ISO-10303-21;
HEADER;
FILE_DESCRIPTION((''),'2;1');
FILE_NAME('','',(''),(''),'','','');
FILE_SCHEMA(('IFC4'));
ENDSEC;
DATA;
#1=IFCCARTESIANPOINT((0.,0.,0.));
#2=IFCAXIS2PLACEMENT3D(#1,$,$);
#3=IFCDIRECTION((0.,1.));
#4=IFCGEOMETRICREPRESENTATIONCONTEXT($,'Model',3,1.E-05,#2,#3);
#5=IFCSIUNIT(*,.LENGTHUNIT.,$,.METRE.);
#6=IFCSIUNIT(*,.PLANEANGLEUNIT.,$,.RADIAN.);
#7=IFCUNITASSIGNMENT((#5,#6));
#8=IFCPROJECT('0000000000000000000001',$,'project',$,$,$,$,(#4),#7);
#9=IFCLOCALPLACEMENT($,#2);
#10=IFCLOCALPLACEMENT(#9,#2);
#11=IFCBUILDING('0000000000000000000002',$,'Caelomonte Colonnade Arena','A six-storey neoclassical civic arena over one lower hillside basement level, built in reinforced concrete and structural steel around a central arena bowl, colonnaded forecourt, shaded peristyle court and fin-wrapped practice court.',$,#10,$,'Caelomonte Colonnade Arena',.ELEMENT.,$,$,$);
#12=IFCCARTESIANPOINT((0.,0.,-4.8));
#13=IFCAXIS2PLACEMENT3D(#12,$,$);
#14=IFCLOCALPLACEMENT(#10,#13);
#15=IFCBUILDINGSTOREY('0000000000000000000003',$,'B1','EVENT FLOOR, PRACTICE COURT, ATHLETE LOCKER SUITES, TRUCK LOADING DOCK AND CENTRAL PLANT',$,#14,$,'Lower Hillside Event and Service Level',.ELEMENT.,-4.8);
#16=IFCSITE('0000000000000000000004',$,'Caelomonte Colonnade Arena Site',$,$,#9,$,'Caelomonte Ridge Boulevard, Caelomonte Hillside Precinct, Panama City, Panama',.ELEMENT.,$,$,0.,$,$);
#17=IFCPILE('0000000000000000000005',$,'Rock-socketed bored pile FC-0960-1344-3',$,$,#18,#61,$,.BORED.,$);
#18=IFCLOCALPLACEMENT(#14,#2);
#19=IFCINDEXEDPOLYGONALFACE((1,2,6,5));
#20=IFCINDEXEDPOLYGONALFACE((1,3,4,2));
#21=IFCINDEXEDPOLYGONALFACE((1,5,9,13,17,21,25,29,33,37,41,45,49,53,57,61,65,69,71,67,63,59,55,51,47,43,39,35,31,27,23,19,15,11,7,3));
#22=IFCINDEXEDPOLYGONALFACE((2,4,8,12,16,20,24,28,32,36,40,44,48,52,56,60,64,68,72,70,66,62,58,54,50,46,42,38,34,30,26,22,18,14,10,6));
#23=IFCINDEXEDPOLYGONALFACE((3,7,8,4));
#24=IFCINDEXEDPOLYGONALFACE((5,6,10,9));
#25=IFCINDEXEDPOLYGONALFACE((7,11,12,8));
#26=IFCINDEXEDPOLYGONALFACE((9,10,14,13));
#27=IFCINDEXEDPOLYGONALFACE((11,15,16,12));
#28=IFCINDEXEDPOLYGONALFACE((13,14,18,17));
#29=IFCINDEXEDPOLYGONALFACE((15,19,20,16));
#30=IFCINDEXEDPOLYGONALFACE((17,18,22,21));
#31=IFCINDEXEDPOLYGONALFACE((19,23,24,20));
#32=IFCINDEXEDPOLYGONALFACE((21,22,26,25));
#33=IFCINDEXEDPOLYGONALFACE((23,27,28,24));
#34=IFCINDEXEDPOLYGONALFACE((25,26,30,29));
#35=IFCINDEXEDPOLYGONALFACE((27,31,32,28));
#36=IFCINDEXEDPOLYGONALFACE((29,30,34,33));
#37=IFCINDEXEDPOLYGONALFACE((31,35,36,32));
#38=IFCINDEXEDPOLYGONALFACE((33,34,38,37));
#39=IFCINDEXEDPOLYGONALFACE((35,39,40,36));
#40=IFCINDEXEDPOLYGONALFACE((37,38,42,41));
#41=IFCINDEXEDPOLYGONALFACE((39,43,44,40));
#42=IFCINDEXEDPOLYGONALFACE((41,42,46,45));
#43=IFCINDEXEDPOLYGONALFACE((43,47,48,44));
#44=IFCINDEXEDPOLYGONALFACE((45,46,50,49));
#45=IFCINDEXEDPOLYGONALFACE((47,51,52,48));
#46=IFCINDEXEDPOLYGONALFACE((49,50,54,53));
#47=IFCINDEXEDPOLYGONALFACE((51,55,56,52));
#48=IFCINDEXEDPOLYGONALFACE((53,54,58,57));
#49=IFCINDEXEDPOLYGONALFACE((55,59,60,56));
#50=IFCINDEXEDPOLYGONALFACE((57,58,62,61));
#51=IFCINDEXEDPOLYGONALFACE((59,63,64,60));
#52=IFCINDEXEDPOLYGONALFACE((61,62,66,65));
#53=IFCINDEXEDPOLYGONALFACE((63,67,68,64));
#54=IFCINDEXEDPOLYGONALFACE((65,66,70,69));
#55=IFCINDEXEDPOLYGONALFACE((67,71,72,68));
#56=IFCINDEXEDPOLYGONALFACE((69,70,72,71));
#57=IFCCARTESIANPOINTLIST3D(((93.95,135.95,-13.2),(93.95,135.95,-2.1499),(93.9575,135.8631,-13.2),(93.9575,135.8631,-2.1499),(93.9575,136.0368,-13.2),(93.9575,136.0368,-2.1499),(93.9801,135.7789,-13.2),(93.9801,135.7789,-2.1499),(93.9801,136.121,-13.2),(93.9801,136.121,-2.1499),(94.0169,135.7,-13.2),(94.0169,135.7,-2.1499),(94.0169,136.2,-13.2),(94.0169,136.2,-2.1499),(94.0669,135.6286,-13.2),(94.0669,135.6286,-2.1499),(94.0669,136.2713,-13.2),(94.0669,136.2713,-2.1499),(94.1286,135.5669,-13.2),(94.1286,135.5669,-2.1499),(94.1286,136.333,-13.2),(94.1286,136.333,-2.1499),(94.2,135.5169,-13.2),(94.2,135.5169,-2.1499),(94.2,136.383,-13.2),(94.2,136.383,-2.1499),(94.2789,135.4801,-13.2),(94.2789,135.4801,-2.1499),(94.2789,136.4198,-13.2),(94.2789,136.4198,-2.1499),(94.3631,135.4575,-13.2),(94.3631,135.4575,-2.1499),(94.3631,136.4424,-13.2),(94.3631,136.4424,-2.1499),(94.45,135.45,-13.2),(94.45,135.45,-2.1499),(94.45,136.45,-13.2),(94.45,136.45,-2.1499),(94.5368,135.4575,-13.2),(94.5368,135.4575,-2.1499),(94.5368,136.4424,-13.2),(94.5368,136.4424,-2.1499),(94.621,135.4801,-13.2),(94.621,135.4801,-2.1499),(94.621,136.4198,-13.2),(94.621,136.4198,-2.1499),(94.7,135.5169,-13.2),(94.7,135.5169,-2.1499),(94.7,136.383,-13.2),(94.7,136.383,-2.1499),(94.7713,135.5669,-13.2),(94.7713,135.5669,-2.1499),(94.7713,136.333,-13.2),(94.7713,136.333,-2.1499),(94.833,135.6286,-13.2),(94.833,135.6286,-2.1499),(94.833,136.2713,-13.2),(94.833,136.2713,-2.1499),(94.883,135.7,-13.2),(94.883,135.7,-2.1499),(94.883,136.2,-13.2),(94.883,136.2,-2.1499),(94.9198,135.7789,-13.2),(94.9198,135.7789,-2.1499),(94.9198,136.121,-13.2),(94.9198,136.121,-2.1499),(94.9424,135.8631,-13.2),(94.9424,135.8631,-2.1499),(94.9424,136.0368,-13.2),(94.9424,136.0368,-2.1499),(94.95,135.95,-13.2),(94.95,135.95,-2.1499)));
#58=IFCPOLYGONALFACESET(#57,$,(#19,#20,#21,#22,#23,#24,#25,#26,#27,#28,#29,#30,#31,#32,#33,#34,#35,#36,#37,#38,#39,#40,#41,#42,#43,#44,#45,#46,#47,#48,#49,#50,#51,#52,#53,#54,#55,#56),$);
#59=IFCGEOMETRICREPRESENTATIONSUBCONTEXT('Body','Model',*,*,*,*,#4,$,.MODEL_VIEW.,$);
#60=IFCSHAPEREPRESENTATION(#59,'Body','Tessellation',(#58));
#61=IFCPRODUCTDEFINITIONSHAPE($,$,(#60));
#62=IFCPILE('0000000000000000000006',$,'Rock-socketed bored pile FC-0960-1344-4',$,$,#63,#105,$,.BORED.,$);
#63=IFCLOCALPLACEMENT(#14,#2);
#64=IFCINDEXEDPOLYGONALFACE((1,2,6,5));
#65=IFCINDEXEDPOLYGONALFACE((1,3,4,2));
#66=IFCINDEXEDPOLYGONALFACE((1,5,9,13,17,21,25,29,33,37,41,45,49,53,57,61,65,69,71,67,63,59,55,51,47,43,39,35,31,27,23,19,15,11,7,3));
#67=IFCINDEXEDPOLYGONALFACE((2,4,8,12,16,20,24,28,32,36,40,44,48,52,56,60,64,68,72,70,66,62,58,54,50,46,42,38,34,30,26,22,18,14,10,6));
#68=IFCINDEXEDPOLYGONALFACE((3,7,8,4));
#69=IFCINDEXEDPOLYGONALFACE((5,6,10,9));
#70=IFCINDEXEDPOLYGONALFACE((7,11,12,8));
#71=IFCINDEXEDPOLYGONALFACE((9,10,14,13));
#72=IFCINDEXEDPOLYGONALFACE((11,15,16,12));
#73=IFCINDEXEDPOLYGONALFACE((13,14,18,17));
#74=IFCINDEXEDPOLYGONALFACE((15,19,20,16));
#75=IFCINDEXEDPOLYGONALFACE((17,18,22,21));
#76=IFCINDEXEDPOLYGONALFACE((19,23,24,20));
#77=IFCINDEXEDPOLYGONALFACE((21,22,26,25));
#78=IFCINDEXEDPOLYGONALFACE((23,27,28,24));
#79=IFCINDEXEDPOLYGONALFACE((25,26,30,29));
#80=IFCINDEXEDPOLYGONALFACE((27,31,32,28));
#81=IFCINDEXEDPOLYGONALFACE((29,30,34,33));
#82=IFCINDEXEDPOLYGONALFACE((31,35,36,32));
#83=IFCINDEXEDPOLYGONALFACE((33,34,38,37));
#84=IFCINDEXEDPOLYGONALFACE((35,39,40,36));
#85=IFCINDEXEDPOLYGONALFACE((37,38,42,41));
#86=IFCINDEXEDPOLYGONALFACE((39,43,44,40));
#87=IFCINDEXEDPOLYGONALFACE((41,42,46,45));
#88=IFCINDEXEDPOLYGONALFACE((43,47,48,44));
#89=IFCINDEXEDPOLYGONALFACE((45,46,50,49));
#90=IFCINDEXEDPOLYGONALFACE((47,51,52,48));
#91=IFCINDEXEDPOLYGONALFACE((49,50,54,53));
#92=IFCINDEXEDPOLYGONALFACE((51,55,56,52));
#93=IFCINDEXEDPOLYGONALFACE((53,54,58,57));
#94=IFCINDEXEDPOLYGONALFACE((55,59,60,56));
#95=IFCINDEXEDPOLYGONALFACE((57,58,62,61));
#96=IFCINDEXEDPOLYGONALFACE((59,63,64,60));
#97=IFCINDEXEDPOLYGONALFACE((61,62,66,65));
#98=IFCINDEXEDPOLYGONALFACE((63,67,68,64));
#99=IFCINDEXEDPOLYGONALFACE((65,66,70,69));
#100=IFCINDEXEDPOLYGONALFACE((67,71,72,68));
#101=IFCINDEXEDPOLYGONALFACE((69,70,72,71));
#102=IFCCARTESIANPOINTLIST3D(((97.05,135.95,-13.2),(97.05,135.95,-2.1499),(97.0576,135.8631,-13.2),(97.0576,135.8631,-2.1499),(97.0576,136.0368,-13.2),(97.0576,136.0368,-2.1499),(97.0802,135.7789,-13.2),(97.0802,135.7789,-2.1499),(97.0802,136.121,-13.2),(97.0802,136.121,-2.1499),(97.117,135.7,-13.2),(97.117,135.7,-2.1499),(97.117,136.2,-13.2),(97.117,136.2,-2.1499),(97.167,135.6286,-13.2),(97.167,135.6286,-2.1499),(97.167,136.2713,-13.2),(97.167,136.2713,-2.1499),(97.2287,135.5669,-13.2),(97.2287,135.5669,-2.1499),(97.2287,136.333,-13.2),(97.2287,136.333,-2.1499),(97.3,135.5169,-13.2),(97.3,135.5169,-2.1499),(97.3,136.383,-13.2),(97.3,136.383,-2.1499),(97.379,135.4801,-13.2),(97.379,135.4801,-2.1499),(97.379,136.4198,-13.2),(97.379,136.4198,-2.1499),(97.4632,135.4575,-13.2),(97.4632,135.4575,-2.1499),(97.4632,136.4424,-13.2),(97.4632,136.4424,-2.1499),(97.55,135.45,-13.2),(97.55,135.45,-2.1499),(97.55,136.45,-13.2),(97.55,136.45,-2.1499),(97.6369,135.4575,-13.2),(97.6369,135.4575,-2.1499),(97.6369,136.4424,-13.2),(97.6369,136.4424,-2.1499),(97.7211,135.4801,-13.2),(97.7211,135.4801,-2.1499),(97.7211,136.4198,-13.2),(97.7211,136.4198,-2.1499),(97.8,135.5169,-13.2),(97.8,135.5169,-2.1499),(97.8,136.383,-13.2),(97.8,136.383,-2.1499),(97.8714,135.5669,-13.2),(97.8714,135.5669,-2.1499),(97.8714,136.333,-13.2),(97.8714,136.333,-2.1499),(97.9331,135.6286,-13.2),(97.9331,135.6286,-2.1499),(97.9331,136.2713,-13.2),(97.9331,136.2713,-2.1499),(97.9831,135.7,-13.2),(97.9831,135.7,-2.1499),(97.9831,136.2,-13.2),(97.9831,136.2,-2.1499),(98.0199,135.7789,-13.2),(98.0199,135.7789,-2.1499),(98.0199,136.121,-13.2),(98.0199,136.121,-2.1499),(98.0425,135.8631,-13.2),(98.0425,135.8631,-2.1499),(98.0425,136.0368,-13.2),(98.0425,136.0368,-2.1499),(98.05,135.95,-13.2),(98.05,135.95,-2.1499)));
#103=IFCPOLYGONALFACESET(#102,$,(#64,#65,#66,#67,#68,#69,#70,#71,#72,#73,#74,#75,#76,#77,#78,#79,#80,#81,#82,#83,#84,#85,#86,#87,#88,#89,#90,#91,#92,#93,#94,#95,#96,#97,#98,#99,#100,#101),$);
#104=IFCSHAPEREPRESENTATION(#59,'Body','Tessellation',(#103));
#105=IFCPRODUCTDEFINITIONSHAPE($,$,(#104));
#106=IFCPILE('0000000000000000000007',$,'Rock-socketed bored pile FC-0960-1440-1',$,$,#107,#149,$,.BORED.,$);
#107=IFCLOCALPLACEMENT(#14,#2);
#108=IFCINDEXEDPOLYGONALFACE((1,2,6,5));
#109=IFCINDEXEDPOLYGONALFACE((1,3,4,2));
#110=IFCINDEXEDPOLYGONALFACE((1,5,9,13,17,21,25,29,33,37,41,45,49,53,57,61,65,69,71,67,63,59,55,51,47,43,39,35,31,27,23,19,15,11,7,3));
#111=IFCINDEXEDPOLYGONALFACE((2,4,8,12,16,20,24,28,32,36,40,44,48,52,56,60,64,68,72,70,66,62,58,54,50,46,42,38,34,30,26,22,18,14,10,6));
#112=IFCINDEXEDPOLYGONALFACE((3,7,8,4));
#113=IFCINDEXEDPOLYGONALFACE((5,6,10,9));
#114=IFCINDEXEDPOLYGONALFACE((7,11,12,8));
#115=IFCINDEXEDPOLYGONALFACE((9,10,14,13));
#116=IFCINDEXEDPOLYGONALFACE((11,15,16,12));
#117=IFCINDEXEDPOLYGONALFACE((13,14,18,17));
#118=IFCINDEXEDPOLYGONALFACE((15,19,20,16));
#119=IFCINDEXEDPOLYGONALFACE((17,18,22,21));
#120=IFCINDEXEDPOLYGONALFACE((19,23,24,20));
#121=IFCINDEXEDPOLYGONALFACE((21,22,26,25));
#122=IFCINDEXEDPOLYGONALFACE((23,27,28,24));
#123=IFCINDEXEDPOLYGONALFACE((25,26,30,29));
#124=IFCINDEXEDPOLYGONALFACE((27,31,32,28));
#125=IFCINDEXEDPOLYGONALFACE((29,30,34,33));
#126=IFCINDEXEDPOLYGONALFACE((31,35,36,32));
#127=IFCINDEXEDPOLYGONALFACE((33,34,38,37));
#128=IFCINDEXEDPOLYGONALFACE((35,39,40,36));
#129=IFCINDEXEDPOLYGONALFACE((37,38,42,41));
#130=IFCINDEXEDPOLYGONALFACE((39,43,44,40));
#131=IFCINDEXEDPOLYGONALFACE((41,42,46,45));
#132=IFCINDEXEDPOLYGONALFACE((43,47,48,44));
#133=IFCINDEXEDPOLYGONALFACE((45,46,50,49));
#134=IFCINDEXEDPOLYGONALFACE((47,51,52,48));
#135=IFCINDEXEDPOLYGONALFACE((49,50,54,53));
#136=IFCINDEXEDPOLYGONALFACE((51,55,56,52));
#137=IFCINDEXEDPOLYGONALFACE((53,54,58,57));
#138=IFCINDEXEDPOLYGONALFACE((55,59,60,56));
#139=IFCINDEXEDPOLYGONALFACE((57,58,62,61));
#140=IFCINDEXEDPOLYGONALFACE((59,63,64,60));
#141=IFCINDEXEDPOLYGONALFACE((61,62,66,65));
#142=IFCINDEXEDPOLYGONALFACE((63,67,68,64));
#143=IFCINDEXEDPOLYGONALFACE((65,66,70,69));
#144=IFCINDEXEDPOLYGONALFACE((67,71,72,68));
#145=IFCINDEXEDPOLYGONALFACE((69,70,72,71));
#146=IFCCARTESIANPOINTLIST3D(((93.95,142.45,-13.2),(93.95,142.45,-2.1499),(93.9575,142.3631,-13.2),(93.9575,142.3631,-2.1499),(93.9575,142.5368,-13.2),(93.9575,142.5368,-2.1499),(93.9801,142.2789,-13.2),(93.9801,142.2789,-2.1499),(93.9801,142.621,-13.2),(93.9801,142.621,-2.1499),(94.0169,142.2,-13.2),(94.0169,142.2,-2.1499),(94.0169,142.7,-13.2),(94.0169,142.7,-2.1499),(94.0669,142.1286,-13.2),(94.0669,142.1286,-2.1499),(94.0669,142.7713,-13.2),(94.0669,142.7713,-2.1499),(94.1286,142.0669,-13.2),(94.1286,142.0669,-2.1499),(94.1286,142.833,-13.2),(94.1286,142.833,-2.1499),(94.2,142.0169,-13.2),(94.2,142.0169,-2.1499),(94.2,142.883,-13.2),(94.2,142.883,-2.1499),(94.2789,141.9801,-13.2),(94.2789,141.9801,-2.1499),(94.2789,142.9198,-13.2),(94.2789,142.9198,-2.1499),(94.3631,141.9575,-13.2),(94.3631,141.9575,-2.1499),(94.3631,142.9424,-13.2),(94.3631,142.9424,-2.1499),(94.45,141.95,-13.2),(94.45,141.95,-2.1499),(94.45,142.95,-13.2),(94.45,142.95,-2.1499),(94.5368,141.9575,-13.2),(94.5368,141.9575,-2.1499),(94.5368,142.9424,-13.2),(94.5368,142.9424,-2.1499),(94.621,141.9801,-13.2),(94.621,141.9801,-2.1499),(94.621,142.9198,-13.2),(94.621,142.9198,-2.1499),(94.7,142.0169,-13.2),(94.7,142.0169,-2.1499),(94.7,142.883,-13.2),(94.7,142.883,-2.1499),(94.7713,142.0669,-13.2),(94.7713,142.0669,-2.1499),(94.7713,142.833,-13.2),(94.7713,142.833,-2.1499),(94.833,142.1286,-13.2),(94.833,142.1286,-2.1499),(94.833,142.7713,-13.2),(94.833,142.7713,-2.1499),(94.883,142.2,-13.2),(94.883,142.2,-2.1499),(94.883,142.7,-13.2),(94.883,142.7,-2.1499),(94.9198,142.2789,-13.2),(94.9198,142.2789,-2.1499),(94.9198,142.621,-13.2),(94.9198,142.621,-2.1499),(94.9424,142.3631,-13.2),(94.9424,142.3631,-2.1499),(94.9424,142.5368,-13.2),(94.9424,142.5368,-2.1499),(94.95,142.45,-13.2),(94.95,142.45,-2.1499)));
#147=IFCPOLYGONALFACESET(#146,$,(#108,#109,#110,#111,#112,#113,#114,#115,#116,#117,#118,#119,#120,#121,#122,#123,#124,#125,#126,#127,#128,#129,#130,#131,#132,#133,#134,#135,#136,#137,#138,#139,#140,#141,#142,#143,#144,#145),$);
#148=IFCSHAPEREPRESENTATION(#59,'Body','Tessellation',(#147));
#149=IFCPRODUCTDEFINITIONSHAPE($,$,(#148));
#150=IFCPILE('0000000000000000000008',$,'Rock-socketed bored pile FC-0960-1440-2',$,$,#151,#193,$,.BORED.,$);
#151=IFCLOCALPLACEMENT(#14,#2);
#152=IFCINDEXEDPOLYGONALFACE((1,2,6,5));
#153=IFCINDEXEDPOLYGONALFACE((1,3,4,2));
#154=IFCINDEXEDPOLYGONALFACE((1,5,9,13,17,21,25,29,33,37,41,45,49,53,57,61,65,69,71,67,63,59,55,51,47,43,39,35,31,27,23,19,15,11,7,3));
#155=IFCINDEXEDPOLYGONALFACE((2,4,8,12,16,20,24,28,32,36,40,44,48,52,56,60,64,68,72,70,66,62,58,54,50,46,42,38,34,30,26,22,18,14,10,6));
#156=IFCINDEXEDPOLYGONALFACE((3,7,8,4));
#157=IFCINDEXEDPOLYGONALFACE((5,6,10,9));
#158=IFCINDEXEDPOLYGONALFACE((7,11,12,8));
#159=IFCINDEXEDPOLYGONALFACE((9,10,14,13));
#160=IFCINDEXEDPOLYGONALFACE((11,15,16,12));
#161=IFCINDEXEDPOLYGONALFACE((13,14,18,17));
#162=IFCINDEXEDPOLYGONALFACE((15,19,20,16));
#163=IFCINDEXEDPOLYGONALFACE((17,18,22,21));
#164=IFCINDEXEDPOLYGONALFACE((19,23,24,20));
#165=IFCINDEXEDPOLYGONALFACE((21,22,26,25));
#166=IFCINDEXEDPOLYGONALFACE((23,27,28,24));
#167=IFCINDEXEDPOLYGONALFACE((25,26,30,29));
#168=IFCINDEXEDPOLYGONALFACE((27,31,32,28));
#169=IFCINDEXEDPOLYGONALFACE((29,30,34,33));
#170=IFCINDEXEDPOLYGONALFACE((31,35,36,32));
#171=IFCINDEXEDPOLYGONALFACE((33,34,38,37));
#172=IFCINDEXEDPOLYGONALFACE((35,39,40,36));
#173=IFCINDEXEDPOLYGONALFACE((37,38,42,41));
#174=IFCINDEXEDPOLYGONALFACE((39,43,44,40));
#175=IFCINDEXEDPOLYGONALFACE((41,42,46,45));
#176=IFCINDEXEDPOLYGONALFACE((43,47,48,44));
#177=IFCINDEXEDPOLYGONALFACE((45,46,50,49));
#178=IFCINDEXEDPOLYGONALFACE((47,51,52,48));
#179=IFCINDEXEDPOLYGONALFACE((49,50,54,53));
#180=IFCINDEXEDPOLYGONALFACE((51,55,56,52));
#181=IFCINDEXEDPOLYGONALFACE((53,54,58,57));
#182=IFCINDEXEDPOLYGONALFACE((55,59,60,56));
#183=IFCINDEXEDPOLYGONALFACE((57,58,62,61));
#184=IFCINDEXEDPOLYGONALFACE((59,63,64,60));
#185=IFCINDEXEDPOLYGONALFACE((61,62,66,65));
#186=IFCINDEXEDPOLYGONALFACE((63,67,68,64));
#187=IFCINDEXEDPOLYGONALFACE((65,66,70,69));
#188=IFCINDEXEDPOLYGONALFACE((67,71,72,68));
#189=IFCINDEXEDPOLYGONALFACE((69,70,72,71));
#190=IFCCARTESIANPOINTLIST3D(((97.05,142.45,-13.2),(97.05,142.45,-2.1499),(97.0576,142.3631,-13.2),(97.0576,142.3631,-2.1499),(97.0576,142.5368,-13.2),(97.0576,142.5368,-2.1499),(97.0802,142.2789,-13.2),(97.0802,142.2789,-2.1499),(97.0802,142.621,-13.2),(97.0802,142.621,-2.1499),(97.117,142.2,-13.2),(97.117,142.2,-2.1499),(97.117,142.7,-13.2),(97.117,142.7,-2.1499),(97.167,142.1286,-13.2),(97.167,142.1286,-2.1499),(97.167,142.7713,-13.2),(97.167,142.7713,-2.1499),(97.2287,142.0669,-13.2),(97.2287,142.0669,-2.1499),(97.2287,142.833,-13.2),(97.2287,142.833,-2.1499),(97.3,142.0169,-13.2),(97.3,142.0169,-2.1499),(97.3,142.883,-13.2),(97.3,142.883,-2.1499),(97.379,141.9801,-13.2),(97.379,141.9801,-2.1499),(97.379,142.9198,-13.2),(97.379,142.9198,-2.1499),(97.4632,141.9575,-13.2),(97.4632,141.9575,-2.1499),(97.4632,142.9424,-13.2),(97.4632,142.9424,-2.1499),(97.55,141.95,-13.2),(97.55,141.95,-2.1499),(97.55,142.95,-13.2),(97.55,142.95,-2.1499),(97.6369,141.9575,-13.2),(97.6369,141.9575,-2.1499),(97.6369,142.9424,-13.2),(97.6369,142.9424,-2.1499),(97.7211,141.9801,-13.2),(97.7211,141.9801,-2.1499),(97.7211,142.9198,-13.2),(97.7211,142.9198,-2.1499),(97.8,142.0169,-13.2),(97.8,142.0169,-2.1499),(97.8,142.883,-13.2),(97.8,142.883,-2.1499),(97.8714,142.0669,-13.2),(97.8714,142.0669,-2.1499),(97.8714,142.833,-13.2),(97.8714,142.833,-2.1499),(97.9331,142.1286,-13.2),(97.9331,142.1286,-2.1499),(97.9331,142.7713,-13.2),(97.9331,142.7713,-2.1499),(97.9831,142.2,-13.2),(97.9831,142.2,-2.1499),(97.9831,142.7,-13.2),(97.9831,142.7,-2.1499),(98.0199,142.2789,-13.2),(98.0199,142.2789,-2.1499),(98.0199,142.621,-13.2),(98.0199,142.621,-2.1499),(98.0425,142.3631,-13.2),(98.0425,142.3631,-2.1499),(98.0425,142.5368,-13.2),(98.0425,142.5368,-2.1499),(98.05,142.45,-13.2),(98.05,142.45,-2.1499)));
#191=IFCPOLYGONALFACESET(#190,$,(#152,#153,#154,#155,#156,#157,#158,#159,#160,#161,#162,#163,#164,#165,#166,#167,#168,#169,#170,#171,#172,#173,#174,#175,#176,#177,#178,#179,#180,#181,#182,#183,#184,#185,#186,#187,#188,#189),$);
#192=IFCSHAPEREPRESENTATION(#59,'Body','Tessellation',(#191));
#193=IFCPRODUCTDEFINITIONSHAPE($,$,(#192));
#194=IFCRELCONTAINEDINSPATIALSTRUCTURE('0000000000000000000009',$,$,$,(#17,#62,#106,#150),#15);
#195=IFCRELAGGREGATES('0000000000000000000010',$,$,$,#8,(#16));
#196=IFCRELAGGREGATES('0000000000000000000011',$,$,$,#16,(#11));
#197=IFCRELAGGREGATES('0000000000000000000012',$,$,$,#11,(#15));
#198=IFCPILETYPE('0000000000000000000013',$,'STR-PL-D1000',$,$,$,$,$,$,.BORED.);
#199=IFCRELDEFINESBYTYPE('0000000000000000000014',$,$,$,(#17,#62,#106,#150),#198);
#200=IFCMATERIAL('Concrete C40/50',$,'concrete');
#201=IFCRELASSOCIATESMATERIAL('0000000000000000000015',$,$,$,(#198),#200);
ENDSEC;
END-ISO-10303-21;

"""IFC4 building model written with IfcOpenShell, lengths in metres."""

from ifc_helpers import new_model, si_unit, direction, frame, origin, origin_2d, place, context, subcontext, project, spatial, circle, extrude, material, material_profile, profile_set, type_object, element, save


model = new_model("IFC4")

# Units and contexts
model_context = context("Model", 3, precision=1e-05, world=origin(), true_north=direction((0.0, 1.0)))
body_context = subcontext(model_context, "Body", "Model", "MODEL_VIEW")
ifc_project = project(units=[si_unit("LENGTHUNIT", "METRE"), si_unit("PLANEANGLEUNIT", "RADIAN")], contexts=[model_context])

# Site, building, storey
site_placement = place(None, origin())
site = spatial("IfcSite", under=ifc_project, at=site_placement, Name="Caelomonte Colonnade Arena Site", LongName="Caelomonte Ridge Boulevard, Caelomonte Hillside Precinct, Panama City, Panama", CompositionType="ELEMENT", RefElevation=0.0)
building_placement = place(site_placement, origin())
building = spatial("IfcBuilding", under=site, at=building_placement, Name="Caelomonte Colonnade Arena", Description="A six-storey neoclassical civic arena over one lower hillside basement level, built in reinforced concrete and structural steel around a central arena bowl, colonnaded forecourt, shaded peristyle court and fin-wrapped practice court.", LongName="Caelomonte Colonnade Arena", CompositionType="ELEMENT")
storey_placement = place(building_placement, frame((0.0, 0.0, -4.8)))
storey = spatial("IfcBuildingStorey", under=building, at=storey_placement, Name="B1", Description="EVENT FLOOR, PRACTICE COURT, ATHLETE LOCKER SUITES, TRUCK LOADING DOCK AND CENTRAL PLANT", LongName="Lower Hillside Event and Service Level", CompositionType="ELEMENT", Elevation=-4.8)

# Shared definitions
ifc_material = material(Name="Concrete C40/50", Category="concrete")

# Piles
ifc_material_profile_1 = material_profile(ifc_material, circle(Radius=0.5, at=origin_2d()), Name="PILE-D1000")
ifc_profile_set_1 = profile_set([ifc_material_profile_1], Name="Concrete C40/50")
pile_type = type_object("IfcPileType", Name="STR-PL-D1000", PredefinedType="BORED", material=ifc_profile_set_1)
for number, where, z_axis, x_axis, name in (
    (1, (94.45, 135.95, -2.1499), (0.0, 0.0, -1.0), (1.0, 0.0, 0.0), "Rock-socketed bored pile FC-0960-1344-3"),
    (2, (97.55, 135.95, -2.1499), (0.0, 0.0, -1.0), (1.0, 0.0, 0.0), "Rock-socketed bored pile FC-0960-1344-4"),
    (3, (94.45, 142.45, -2.1499), (0.0, 0.0, -1.0), (1.0, 0.0, 0.0), "Rock-socketed bored pile FC-0960-1440-1"),
    (4, (97.55, 142.45, -2.1499), (0.0, 0.0, -1.0), (1.0, 0.0, 0.0), "Rock-socketed bored pile FC-0960-1440-2"),
):
    element("IfcPile", number, at=place(storey_placement, frame(where, z_axis=z_axis, x_axis=x_axis)), inside=storey, type_object=pile_type, Name=name, PredefinedType="BORED", context=body_context, shape_type="SweptSolid", body=[
        extrude(circle(Radius=0.5, at=origin_2d()), origin(), (0.0, 0.0, 1.0), 11.05),
    ])

save(model, "model.ifc")
